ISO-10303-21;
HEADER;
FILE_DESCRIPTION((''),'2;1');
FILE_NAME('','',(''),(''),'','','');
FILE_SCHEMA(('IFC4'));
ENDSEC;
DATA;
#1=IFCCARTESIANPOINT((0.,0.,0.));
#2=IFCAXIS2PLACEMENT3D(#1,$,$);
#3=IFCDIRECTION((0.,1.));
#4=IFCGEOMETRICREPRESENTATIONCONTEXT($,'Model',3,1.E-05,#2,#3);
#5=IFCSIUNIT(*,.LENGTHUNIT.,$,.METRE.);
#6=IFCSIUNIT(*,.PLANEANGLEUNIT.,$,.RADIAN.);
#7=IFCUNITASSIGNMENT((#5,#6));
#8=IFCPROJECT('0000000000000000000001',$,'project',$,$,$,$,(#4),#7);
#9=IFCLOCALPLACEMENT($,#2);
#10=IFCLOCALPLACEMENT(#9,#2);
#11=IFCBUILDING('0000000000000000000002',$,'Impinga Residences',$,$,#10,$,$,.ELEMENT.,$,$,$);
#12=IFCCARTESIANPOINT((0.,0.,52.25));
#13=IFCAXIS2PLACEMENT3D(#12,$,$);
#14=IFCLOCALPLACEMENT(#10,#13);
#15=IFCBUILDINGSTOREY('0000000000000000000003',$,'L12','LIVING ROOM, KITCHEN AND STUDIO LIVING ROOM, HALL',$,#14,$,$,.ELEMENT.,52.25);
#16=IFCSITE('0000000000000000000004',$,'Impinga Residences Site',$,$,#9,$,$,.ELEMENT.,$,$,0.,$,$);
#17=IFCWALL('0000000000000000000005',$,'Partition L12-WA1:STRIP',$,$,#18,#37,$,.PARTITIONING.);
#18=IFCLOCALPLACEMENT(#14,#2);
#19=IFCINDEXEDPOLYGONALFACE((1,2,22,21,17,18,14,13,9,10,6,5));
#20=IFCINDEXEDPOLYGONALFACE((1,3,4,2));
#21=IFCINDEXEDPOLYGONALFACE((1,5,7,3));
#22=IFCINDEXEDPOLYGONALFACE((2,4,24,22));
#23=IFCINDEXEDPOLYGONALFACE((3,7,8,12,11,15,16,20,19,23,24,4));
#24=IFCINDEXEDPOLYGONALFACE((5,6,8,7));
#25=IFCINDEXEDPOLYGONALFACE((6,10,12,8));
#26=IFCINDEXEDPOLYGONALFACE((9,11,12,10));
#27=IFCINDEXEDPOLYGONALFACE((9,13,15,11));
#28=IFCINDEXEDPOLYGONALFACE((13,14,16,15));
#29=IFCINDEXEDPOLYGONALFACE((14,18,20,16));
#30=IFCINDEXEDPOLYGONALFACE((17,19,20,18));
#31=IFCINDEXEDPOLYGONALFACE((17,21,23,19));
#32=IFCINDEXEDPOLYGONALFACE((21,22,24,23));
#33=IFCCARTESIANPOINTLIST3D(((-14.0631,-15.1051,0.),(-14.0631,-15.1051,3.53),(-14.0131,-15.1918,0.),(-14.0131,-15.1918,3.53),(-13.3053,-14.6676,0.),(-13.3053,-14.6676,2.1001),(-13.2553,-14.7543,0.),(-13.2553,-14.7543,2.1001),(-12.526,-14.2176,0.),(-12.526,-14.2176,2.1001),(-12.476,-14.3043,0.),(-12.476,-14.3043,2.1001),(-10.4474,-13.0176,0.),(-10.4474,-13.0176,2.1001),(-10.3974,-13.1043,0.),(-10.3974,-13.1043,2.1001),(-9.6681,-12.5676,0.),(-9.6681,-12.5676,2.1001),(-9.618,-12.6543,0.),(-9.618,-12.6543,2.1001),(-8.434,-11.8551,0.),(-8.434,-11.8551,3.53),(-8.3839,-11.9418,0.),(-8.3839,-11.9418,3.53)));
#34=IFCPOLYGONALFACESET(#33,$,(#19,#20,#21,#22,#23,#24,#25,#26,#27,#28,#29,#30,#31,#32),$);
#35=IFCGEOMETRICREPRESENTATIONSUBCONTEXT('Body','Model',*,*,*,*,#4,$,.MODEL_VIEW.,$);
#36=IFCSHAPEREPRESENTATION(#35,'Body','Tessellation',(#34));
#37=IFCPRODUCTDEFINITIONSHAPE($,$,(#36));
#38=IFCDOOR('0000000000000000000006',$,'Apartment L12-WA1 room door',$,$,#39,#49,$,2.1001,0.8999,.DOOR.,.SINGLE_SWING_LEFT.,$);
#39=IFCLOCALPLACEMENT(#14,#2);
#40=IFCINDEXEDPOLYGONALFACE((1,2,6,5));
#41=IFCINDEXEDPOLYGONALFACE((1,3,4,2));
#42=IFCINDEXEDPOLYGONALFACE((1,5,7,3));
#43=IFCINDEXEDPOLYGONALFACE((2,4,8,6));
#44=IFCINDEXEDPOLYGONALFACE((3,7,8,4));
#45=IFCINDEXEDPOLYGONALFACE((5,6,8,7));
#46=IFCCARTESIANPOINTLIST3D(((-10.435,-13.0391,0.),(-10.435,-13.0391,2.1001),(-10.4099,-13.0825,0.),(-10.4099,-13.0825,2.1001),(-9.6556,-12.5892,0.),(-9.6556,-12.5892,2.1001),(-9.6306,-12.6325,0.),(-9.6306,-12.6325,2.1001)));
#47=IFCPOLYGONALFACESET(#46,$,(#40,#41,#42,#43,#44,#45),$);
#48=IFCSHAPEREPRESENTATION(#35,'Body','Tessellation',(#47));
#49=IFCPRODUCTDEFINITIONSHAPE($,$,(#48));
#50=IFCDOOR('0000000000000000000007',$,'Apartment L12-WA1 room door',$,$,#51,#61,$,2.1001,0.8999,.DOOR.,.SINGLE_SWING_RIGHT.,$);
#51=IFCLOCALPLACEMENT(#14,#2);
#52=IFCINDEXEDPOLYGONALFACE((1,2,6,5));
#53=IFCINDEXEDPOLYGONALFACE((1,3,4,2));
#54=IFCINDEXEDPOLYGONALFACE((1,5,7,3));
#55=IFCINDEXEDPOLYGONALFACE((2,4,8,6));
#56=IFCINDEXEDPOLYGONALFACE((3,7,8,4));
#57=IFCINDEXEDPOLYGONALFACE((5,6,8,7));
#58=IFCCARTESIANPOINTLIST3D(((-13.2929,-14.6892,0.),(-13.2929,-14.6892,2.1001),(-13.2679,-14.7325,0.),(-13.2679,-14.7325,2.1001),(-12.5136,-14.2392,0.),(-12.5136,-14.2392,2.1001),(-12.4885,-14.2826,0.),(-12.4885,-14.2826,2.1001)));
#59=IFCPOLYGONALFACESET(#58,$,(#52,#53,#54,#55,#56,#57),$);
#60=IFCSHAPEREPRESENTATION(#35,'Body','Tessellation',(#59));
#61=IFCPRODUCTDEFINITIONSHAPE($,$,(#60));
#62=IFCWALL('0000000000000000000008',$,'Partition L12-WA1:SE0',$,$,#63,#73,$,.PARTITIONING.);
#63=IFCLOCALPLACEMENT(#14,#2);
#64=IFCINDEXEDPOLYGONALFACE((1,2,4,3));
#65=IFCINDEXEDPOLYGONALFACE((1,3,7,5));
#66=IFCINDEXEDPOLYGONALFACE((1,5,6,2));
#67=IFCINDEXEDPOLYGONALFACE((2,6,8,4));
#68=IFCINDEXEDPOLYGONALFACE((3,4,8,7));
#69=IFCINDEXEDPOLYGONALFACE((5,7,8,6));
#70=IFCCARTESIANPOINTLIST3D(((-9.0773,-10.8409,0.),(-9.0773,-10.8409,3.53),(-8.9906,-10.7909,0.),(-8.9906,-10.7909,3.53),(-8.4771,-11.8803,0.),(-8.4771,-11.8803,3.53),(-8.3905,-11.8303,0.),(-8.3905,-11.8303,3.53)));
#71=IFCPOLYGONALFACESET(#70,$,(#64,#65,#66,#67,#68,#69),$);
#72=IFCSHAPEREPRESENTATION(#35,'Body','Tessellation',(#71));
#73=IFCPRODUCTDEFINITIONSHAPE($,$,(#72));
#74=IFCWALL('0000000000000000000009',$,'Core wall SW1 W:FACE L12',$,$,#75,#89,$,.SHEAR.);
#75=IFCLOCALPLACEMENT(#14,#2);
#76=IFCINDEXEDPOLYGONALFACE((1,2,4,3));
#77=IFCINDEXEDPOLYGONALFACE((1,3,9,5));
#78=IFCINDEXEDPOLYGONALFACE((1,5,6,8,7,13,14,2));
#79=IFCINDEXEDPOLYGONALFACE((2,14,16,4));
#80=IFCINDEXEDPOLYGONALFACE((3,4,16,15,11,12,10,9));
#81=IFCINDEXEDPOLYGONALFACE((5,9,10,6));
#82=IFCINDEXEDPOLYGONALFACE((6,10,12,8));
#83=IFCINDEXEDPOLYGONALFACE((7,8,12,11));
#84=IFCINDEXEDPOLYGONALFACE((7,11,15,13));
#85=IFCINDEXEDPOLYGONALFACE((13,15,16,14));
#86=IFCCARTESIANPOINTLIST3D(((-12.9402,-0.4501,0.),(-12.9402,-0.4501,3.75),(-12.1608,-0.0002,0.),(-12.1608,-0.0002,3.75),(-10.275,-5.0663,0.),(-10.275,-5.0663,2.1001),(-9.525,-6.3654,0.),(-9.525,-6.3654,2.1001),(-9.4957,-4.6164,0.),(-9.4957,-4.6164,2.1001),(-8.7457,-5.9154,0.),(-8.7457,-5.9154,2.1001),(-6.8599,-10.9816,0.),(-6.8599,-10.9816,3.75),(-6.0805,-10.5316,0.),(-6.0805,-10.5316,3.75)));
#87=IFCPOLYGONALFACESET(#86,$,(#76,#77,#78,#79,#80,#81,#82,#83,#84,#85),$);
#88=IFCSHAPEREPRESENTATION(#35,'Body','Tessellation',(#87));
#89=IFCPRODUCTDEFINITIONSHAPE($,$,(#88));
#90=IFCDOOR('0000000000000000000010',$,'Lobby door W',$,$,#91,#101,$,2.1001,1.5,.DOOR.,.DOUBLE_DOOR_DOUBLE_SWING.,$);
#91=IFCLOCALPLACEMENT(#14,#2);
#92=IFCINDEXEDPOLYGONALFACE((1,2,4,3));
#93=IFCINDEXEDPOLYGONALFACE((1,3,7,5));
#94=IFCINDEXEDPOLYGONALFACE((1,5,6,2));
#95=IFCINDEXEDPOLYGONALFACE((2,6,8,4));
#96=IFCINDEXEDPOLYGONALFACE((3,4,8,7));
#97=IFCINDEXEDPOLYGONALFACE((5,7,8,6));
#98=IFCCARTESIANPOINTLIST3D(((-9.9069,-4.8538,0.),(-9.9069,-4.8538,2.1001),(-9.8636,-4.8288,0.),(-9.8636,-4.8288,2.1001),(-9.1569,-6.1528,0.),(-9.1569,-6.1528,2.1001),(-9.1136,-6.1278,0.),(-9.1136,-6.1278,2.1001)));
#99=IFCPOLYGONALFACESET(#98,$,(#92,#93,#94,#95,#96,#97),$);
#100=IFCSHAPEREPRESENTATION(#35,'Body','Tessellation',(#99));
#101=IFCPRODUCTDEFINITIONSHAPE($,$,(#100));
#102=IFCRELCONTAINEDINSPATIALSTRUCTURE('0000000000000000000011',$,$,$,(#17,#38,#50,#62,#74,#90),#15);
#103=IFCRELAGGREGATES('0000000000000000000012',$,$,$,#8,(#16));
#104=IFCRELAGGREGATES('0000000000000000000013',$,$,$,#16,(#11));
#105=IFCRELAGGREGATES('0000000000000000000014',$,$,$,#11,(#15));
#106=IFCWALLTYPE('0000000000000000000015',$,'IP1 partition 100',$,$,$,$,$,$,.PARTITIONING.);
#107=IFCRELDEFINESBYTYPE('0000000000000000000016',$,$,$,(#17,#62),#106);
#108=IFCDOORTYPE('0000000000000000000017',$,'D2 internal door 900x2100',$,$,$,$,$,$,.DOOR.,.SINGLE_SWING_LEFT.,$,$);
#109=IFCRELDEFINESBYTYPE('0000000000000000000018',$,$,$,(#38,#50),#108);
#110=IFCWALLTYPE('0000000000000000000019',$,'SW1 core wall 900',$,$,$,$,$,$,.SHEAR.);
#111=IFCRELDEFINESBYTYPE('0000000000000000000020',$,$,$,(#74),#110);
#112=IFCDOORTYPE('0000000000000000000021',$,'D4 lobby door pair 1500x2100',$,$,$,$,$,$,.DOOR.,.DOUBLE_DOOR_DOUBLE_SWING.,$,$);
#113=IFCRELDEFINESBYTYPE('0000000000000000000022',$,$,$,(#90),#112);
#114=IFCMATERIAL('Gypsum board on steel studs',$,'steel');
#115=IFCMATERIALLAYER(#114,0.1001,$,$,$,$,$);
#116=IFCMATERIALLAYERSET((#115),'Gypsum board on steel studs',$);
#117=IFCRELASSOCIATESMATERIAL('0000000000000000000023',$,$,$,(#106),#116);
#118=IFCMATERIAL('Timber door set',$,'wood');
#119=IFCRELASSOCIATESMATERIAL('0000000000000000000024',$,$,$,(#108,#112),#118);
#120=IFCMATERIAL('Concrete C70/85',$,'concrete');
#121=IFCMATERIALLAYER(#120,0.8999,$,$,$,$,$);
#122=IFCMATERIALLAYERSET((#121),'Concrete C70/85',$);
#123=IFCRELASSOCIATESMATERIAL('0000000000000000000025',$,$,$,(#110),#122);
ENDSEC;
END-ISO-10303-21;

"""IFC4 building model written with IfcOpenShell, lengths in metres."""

from ifc_helpers import new_model, si_unit, direction, frame, frame_2d, origin, place, context, subcontext, project, spatial, rectangle, extrude, material, layer, layer_set, type_object, element, fill, save


model = new_model("IFC4")

# Units and contexts
model_context = context("Model", 3, precision=1e-05, world=origin(), true_north=direction((0.0, 1.0)))
body_context = subcontext(model_context, "Body", "Model", "MODEL_VIEW")
ifc_project = project(units=[si_unit("LENGTHUNIT", "METRE"), si_unit("PLANEANGLEUNIT", "RADIAN")], contexts=[model_context])

# Site, building, storey
site_placement = place(None, origin())
site = spatial("IfcSite", under=ifc_project, at=site_placement, Name="Impinga Residences Site", CompositionType="ELEMENT", RefElevation=0.0)
building_placement = place(site_placement, origin())
building = spatial("IfcBuilding", under=site, at=building_placement, Name="Impinga Residences", CompositionType="ELEMENT")
storey_placement = place(building_placement, frame((0.0, 0.0, 52.25)))
storey = spatial("IfcBuildingStorey", under=building, at=storey_placement, Name="L12", Description="LIVING ROOM, KITCHEN AND STUDIO LIVING ROOM, HALL", CompositionType="ELEMENT", Elevation=52.25)

# Shared definitions
ifc_material_1 = material(Name="Concrete C70/85", Category="concrete")
ifc_material_2 = material(Name="Timber door set", Category="wood")

# Shared definitions
ifc_material_3 = material(Name="Gypsum board on steel studs", Category="steel")
ifc_layer_1 = layer(ifc_material_3, 0.1001)
ifc_layer_set_1 = layer_set([ifc_layer_1], Name="Gypsum board on steel studs")
wall_type_1 = type_object("IfcWallType", Name="IP1 partition 100", PredefinedType="PARTITIONING", material=ifc_layer_set_1)

# Wall, openings, doors
wall_1_placement = place(storey_placement, frame((-8.4089, -11.8984, 0.0), z_axis=(0.0, 0.0, 1.0), x_axis=(-0.866025, -0.500001, 0.0)))
wall_1 = element("IfcWall", 1, at=wall_1_placement, inside=storey, type_object=wall_type_1, Name="Partition L12-WA1:STRIP", PredefinedType="PARTITIONING", context=body_context, shape_type="SweptSolid", body=[
    extrude(rectangle(XDim=6.5, YDim=0.1001, at=frame_2d((3.25, 0.0))), origin(), (0.0, 0.0, 1.0), 3.53),
])
opening_1_placement = place(wall_1_placement, frame((1.425, 0.0, 0.0)))
opening_1 = element("IfcOpeningElement", 2, at=opening_1_placement, cuts=wall_1, PredefinedType="OPENING", context=body_context, shape_type="SweptSolid", body=[
    extrude(rectangle(XDim=0.8999, YDim=2.1001, at=frame_2d((0.45, 1.05))), frame((0.0, 0.0601, 0.0), z_axis=(0.0, -1.0, 0.0), x_axis=(1.0, 0.0, 0.0)), (0.0, 0.0, 1.0), 0.1201),
])
opening_2_placement = place(wall_1_placement, frame((4.7251, 0.0, 0.0)))
opening_2 = element("IfcOpeningElement", 3, at=opening_2_placement, cuts=wall_1, PredefinedType="OPENING", context=body_context, shape_type="SweptSolid", body=[
    extrude(rectangle(XDim=0.8999, YDim=2.1001, at=frame_2d((0.45, 1.05))), frame((0.0, 0.0601, 0.0), z_axis=(0.0, -1.0, 0.0), x_axis=(1.0, 0.0, 0.0)), (0.0, 0.0, 1.0), 0.1201),
])
door_type_1 = type_object("IfcDoorType", Name="D2 internal door 900x2100", OperationType="SINGLE_SWING_LEFT", PredefinedType="DOOR", material=ifc_material_2)
door_1_placement = place(opening_1_placement, origin())
door_1 = element("IfcDoor", 4, at=door_1_placement, inside=storey, type_object=door_type_1, Name="Apartment L12-WA1 room door", OperationType="SINGLE_SWING_LEFT", OverallHeight=2.1001, OverallWidth=0.8999, PredefinedType="DOOR", context=body_context, shape_type="SweptSolid", body=[
    extrude(rectangle(XDim=0.8999, YDim=2.1001, at=frame_2d((0.45, 1.05))), frame((0.0, 0.0249, 0.0), z_axis=(0.0, -1.0, 0.0), x_axis=(1.0, 0.0, 0.0)), (0.0, 0.0, 1.0), 0.05),
])
fill(opening_1, door_1)
door_2_placement = place(opening_2_placement, origin())
door_2 = element("IfcDoor", 5, at=door_2_placement, inside=storey, type_object=door_type_1, Name="Apartment L12-WA1 room door", OperationType="SINGLE_SWING_RIGHT", OverallHeight=2.1001, OverallWidth=0.8999, PredefinedType="DOOR", context=body_context, shape_type="SweptSolid", body=[
    extrude(rectangle(XDim=0.8999, YDim=2.1001, at=frame_2d((0.45, 1.05))), frame((0.0, 0.0249, 0.0), z_axis=(0.0, -1.0, 0.0), x_axis=(1.0, 0.0, 0.0)), (0.0, 0.0, 1.0), 0.05),
])
fill(opening_2, door_2)

# Wall
wall_2_placement = place(storey_placement, frame((-9.0339, -10.8159, 0.0), z_axis=(0.0, 0.0, 1.0), x_axis=(0.500034, -0.866006, 0.0)))
element("IfcWall", 6, at=wall_2_placement, inside=storey, type_object=wall_type_1, Name="Partition L12-WA1:SE0", PredefinedType="PARTITIONING", context=body_context, shape_type="SweptSolid", body=[
    extrude(rectangle(XDim=1.2002, YDim=0.1001, at=frame_2d((0.6001, 0.0))), origin(), (0.0, 0.0, 1.0), 3.53),
])

# Wall, opening, door
ifc_layer_2 = layer(ifc_material_1, 0.8999)
ifc_layer_set_2 = layer_set([ifc_layer_2], Name="Concrete C70/85")
wall_type_2 = type_object("IfcWallType", Name="SW1 core wall 900", PredefinedType="SHEAR", material=ifc_layer_set_2)
wall_3_placement = place(storey_placement, frame((-6.4702, -10.7566, 0.0), z_axis=(0.0, 0.0, 1.0), x_axis=(-0.499998, 0.866027, 0.0)))
wall_3 = element("IfcWall", 7, at=wall_3_placement, inside=storey, type_object=wall_type_2, Name="Core wall SW1 W:FACE L12", PredefinedType="SHEAR", context=body_context, shape_type="SweptSolid", body=[
    extrude(rectangle(XDim=12.1606, YDim=0.8999, at=frame_2d((6.0803, 0.0))), origin(), (0.0, 0.0, 1.0), 3.75),
])
opening_3_placement = place(wall_3_placement, frame((5.3303, 0.0, 0.0)))
opening_3 = element("IfcOpeningElement", 8, at=opening_3_placement, cuts=wall_3, PredefinedType="OPENING", context=body_context, shape_type="SweptSolid", body=[
    extrude(rectangle(XDim=1.5, YDim=2.1001, at=frame_2d((0.75, 1.05))), frame((0.0, 0.46, 0.0), z_axis=(0.0, -1.0, 0.0), x_axis=(1.0, 0.0, 0.0)), (0.0, 0.0, 1.0), 0.9199),
])
door_type_2 = type_object("IfcDoorType", Name="D4 lobby door pair 1500x2100", OperationType="DOUBLE_DOOR_DOUBLE_SWING", PredefinedType="DOOR", material=ifc_material_2)
door_3_placement = place(opening_3_placement, origin())
door_3 = element("IfcDoor", 9, at=door_3_placement, inside=storey, type_object=door_type_2, Name="Lobby door W", OperationType="DOUBLE_DOOR_DOUBLE_SWING", OverallHeight=2.1001, OverallWidth=1.5, PredefinedType="DOOR", context=body_context, shape_type="SweptSolid", body=[
    extrude(rectangle(XDim=1.5, YDim=2.1001, at=frame_2d((0.75, 1.05))), frame((0.0, 0.0249, 0.0), z_axis=(0.0, -1.0, 0.0), x_axis=(1.0, 0.0, 0.0)), (0.0, 0.0, 1.0), 0.05),
])
fill(opening_3, door_3)

save(model, "model.ifc")
